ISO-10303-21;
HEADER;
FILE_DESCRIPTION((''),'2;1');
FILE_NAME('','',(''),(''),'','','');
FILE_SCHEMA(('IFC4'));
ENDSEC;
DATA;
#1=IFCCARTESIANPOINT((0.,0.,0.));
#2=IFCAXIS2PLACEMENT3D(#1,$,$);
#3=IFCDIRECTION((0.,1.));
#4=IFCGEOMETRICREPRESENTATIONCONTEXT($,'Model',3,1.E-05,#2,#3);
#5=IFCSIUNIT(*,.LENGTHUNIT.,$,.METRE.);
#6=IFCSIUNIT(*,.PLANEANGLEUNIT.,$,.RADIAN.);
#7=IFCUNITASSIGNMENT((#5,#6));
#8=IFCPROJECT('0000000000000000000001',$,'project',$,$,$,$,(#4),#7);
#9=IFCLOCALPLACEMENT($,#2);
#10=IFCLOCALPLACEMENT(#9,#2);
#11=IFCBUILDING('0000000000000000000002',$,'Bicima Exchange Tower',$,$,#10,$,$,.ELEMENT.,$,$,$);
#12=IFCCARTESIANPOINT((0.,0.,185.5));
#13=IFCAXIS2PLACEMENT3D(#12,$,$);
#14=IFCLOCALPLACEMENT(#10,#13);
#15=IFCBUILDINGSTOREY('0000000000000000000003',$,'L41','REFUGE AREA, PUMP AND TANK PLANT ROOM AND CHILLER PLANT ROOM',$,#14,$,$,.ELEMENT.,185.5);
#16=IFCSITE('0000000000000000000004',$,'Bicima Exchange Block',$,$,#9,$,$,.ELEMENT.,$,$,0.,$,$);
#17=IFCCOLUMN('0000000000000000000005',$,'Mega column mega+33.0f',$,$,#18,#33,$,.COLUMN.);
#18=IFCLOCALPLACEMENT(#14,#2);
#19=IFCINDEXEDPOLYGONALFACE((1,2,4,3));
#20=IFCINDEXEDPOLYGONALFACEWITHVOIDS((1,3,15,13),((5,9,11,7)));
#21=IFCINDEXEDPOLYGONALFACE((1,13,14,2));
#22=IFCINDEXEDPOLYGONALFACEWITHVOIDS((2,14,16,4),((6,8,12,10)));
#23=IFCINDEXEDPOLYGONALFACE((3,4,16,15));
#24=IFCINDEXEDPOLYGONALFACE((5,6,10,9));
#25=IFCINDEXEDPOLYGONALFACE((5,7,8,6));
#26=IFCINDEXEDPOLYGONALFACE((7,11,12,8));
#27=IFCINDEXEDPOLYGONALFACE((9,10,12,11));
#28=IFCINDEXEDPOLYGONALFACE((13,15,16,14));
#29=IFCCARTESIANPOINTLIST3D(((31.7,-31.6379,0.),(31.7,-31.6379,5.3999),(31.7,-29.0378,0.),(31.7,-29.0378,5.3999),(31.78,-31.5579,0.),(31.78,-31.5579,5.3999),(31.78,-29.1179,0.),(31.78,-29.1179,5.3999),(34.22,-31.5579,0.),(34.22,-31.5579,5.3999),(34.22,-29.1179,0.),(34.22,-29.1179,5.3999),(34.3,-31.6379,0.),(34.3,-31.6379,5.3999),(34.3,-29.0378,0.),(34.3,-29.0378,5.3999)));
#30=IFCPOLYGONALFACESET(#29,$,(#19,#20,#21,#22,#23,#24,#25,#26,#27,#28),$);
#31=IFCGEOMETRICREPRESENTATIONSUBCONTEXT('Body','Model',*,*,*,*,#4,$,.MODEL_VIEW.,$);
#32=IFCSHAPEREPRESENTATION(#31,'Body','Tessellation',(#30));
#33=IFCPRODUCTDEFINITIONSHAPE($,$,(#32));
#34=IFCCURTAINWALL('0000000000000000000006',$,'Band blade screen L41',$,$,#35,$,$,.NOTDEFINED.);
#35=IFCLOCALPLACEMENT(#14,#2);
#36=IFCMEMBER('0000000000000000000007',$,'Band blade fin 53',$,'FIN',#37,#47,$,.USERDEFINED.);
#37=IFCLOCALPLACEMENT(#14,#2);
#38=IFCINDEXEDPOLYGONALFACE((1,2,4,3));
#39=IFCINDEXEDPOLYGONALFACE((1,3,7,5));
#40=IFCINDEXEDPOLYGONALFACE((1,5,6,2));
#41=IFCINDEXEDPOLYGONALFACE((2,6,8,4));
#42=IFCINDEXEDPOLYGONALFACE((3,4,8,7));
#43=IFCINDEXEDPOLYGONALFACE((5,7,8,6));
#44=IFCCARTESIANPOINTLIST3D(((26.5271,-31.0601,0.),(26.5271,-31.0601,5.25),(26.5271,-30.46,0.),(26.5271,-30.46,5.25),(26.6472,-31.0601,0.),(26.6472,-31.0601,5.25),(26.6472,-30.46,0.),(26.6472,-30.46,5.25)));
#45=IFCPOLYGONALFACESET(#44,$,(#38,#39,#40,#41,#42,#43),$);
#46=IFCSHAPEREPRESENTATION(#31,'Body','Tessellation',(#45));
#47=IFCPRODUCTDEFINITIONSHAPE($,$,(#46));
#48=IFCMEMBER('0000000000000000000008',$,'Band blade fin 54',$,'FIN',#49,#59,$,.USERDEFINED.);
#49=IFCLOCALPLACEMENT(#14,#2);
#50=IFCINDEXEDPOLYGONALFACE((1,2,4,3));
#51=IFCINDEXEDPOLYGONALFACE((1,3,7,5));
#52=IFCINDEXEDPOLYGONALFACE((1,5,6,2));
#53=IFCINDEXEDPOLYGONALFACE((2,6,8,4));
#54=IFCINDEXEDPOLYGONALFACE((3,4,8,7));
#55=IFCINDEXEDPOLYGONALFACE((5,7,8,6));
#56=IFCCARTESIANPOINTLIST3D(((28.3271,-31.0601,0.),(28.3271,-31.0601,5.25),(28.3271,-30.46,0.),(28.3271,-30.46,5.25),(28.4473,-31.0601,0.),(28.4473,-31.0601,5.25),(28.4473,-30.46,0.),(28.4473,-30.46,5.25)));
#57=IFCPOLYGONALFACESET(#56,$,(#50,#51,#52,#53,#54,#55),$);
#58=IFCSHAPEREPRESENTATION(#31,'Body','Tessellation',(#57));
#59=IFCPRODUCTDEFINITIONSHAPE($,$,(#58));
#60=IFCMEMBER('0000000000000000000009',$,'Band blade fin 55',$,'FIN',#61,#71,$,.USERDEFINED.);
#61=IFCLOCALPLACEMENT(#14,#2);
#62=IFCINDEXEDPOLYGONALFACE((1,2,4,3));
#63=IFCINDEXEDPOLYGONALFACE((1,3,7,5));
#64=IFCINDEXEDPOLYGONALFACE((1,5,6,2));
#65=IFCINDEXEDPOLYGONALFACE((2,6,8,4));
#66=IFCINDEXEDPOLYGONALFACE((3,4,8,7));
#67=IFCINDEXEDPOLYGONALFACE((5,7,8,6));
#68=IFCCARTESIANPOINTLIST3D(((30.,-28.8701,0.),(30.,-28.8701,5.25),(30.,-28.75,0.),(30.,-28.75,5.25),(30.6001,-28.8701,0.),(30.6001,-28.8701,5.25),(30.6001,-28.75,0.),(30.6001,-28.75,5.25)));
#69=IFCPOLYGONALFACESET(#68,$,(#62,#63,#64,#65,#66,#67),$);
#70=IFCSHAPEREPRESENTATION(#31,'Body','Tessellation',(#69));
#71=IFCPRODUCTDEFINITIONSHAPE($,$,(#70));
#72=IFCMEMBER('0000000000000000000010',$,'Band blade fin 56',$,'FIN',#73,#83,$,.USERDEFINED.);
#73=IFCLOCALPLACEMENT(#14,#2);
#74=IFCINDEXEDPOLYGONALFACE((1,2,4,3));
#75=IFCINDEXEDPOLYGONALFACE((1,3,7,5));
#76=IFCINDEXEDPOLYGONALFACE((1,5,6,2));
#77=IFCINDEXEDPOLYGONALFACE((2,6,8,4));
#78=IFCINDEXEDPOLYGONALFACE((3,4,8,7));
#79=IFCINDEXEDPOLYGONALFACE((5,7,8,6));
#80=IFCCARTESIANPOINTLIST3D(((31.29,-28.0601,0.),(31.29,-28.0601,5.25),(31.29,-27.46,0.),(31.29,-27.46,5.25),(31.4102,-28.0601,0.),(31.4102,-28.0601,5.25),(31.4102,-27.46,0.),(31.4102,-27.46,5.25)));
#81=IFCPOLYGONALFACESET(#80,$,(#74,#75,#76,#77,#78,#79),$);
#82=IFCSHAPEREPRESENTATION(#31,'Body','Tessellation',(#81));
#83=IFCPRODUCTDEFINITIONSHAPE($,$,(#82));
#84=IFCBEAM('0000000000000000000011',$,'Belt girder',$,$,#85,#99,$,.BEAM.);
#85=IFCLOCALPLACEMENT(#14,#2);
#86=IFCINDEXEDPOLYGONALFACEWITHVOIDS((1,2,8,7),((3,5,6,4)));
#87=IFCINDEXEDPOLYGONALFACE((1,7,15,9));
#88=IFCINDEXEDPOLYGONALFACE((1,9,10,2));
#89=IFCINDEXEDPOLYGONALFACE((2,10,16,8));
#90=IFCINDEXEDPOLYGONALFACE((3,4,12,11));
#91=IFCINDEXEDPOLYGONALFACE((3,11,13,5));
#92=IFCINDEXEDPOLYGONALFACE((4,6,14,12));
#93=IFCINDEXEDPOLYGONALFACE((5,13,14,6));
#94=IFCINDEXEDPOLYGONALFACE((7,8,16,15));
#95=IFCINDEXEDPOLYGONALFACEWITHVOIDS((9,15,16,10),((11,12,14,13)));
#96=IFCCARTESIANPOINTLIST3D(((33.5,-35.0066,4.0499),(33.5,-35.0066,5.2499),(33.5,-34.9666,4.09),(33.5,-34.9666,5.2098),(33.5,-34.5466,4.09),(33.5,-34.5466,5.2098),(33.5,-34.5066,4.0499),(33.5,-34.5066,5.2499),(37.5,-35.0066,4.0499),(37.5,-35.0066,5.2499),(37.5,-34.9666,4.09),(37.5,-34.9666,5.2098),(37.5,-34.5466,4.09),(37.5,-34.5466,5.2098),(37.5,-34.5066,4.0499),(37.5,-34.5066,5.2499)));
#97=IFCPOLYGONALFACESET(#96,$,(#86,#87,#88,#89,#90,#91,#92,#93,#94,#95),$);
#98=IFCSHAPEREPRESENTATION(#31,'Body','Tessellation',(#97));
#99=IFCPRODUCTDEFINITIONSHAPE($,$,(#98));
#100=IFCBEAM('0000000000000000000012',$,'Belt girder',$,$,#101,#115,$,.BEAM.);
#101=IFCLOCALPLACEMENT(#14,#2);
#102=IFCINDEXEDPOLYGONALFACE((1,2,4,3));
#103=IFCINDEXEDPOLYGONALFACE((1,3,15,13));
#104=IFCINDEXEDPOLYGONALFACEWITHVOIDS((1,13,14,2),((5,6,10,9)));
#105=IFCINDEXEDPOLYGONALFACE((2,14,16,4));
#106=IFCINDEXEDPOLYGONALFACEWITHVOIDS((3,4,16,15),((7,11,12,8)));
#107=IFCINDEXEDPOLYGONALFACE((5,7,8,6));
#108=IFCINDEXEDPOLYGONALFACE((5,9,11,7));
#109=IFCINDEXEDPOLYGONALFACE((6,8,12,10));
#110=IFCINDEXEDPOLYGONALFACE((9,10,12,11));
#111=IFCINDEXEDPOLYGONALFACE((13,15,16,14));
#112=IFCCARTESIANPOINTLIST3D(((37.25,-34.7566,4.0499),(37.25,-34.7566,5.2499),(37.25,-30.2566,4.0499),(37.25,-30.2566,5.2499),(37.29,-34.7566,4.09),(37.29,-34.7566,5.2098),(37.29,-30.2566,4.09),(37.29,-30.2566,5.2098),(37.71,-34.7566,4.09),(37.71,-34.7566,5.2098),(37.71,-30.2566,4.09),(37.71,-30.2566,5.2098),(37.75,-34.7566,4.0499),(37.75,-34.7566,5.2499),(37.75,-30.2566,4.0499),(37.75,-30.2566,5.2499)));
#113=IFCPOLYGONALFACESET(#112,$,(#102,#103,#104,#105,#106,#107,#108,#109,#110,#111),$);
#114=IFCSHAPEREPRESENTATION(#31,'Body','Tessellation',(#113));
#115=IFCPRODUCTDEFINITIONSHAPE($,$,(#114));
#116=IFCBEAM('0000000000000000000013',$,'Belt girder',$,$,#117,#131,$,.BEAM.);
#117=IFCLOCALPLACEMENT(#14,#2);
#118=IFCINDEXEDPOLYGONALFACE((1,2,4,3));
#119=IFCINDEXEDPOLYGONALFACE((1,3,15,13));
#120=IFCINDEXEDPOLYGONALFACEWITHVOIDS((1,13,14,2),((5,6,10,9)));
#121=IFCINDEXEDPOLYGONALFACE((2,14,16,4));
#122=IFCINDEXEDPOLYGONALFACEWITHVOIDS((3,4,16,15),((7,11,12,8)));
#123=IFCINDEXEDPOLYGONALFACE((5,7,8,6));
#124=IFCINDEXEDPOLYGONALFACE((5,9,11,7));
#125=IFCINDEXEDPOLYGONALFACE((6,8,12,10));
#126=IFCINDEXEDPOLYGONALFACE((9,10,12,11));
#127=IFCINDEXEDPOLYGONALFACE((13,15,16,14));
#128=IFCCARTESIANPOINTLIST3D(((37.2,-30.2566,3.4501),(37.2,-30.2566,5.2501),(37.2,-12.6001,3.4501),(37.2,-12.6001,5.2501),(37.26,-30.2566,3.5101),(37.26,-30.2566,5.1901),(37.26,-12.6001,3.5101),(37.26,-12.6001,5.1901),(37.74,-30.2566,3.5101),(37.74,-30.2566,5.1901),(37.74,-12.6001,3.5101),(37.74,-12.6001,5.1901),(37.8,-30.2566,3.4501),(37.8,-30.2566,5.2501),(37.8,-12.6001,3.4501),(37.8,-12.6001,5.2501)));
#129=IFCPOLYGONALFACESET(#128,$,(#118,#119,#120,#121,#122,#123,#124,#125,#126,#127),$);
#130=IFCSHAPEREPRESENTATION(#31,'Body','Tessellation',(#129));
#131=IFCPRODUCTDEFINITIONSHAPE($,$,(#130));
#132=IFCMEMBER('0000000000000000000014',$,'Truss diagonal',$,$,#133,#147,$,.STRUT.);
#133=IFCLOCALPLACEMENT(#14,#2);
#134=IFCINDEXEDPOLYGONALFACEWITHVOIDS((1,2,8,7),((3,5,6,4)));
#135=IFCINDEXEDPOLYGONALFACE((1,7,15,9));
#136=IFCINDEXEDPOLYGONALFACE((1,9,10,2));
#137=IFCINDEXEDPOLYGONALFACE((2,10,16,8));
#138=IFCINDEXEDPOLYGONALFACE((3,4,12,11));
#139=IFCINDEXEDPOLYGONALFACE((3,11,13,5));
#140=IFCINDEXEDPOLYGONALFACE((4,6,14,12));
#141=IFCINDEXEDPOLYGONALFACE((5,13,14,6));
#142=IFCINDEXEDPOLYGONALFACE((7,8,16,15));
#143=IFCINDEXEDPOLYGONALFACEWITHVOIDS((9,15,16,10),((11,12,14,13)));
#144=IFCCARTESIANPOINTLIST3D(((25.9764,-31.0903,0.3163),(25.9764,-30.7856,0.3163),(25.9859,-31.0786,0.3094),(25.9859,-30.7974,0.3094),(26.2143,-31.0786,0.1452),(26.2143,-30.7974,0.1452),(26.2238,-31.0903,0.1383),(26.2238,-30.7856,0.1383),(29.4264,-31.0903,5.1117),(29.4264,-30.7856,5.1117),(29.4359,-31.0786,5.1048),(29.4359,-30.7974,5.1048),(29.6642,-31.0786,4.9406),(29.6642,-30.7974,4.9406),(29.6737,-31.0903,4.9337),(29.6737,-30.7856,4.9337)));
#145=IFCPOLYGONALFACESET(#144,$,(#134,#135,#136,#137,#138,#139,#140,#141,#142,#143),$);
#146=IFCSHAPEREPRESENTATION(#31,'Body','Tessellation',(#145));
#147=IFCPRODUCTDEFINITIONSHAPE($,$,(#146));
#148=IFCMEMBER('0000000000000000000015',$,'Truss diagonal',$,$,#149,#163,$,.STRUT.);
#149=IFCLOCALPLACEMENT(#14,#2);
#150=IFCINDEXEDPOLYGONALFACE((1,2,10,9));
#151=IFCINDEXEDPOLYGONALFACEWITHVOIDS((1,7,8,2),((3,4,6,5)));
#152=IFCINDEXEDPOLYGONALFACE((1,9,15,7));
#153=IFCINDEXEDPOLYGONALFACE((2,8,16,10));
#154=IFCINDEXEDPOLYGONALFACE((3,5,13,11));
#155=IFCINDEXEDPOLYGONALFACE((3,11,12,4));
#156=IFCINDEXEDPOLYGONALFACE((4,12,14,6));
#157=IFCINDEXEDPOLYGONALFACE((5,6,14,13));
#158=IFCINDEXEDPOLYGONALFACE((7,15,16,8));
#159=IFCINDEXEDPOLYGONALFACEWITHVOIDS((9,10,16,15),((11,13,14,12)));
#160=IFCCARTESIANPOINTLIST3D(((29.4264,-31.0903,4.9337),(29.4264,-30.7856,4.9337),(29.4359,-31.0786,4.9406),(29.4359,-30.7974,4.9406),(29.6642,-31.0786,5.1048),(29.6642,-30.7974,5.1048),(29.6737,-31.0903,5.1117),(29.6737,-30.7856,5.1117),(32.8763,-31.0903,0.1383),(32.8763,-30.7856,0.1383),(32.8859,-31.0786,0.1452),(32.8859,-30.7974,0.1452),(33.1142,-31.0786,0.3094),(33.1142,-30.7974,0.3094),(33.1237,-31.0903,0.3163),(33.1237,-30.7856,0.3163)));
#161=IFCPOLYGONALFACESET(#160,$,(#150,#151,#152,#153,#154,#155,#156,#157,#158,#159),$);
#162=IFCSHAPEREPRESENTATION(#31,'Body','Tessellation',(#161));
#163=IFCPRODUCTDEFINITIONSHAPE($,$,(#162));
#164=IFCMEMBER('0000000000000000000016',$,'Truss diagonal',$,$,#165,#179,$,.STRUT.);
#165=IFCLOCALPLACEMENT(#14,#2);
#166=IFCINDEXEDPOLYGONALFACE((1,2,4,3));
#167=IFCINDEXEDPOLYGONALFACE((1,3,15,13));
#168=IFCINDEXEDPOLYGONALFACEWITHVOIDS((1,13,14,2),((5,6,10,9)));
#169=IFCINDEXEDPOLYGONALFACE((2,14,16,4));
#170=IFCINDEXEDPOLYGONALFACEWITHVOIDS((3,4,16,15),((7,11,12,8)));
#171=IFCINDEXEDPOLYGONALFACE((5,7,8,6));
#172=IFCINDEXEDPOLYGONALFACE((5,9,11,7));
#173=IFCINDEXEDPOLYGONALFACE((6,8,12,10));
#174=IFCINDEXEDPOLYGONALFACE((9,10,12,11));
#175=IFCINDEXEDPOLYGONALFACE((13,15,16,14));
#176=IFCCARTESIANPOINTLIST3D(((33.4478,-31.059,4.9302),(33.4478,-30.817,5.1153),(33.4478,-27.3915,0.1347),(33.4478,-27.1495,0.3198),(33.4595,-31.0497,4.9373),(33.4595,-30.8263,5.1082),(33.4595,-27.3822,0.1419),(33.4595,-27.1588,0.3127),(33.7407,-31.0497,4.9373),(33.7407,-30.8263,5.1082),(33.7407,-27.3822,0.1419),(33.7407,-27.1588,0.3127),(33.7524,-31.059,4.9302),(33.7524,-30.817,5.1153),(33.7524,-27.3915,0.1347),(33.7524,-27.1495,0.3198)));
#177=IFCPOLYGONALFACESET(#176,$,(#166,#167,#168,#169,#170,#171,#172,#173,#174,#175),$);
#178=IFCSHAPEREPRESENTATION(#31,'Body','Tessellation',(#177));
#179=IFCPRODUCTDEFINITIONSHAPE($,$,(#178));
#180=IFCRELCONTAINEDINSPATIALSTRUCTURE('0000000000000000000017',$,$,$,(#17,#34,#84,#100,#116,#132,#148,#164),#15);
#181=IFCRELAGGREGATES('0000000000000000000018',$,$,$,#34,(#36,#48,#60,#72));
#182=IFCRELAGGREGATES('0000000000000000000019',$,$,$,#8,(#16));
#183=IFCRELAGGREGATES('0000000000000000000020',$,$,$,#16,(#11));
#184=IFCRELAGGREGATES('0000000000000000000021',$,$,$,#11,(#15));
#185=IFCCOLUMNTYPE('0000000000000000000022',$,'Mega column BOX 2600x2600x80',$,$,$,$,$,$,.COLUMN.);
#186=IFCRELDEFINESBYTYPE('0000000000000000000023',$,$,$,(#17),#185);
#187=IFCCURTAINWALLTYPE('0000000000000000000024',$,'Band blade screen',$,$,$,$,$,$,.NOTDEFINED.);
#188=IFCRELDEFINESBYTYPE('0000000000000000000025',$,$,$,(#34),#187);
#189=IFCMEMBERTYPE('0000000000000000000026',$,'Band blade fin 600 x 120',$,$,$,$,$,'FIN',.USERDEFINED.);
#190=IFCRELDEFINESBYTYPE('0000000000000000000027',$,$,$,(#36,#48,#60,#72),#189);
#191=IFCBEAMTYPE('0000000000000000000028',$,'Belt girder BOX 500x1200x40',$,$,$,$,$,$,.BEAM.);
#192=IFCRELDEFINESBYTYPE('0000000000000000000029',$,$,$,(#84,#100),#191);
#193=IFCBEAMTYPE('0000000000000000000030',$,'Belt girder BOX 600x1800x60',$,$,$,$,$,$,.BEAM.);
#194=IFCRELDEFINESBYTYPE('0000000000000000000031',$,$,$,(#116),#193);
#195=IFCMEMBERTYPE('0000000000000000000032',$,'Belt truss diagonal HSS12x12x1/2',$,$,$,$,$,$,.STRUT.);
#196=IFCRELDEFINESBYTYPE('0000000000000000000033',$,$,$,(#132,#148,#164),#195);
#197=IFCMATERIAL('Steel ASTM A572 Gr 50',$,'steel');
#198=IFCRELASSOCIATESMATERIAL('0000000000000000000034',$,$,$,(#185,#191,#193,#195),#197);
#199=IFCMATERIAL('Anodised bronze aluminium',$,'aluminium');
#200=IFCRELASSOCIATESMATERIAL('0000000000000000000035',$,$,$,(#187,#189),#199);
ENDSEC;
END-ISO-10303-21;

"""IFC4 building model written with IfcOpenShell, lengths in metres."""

from ifc_helpers import new_model, si_unit, direction, frame, origin, origin_2d, place, context, subcontext, project, spatial, rectangle, hollow_rectangle, extrude, material, material_profile, profile_set, type_object, element, aggregate, save


model = new_model("IFC4")

# Units and contexts
model_context = context("Model", 3, precision=1e-05, world=origin(), true_north=direction((0.0, 1.0)))
body_context = subcontext(model_context, "Body", "Model", "MODEL_VIEW")
ifc_project = project(units=[si_unit("LENGTHUNIT", "METRE"), si_unit("PLANEANGLEUNIT", "RADIAN")], contexts=[model_context])

# Site, building, storey
site_placement = place(None, origin())
site = spatial("IfcSite", under=ifc_project, at=site_placement, Name="Bicima Exchange Block", CompositionType="ELEMENT", RefElevation=0.0)
building_placement = place(site_placement, origin())
building = spatial("IfcBuilding", under=site, at=building_placement, Name="Bicima Exchange Tower", CompositionType="ELEMENT")
storey_placement = place(building_placement, frame((0.0, 0.0, 185.5)))
storey = spatial("IfcBuildingStorey", under=building, at=storey_placement, Name="L41", Description="REFUGE AREA, PUMP AND TANK PLANT ROOM AND CHILLER PLANT ROOM", CompositionType="ELEMENT", Elevation=185.5)

# Column
ifc_material_1 = material(Name="Steel ASTM A572 Gr 50", Category="steel")
ifc_material_profile_1 = material_profile(ifc_material_1, hollow_rectangle(XDim=2.6001, YDim=2.6001, WallThickness=0.0801, at=origin_2d()))
ifc_profile_set_1 = profile_set([ifc_material_profile_1], Name="Steel ASTM A572 Gr 50")
column_type = type_object("IfcColumnType", Name="Mega column BOX 2600x2600x80", PredefinedType="COLUMN", material=ifc_profile_set_1)
column_placement = place(storey_placement, frame((33.0, -30.3379, 0.0), z_axis=(0.0, 0.0, 1.0), x_axis=(1.0, 0.0, 0.0)))
element("IfcColumn", 1, at=column_placement, inside=storey, type_object=column_type, Name="Mega column mega+33.0f", PredefinedType="COLUMN", context=body_context, shape_type="SweptSolid", body=[
    extrude(hollow_rectangle(XDim=2.6001, YDim=2.6001, WallThickness=0.0801, at=origin_2d()), origin(), (0.0, 0.0, 1.0), 5.3999),
])

# Curtain wall, members
ifc_material_2 = material(Name="Anodised bronze aluminium", Category="aluminium")
curtain_wall_type = type_object("IfcCurtainWallType", Name="Band blade screen", PredefinedType="NOTDEFINED", material=ifc_material_2)
curtain_wall_placement = place(storey_placement, origin())
curtain_wall = element("IfcCurtainWall", 2, at=curtain_wall_placement, inside=storey, type_object=curtain_wall_type, Name="Band blade screen L41", PredefinedType="NOTDEFINED")
ifc_material_profile_2 = material_profile(ifc_material_2, rectangle(XDim=0.6001, YDim=0.1201, at=origin_2d()))
ifc_profile_set_2 = profile_set([ifc_material_profile_2], Name="Anodised bronze aluminium")
member_type_1 = type_object("IfcMemberType", Name="Band blade fin 600 x 120", ElementType="FIN", PredefinedType="USERDEFINED", material=ifc_profile_set_2)
member_1_placement = place(storey_placement, frame((26.5872, -30.76, 0.0), z_axis=(0.0, 0.0, 1.0), x_axis=(0.0, 1.0, 0.0)))
member_1 = element("IfcMember", 3, at=member_1_placement, type_object=member_type_1, Name="Band blade fin 53", ObjectType="FIN", PredefinedType="USERDEFINED", context=body_context, shape_type="SweptSolid", body=[
    extrude(rectangle(XDim=0.6001, YDim=0.1201, at=origin_2d()), origin(), (0.0, 0.0, 1.0), 5.25),
])
member_2_placement = place(storey_placement, frame((28.3872, -30.76, 0.0), z_axis=(0.0, 0.0, 1.0), x_axis=(0.0, 1.0, 0.0)))
member_2 = element("IfcMember", 4, at=member_2_placement, type_object=member_type_1, Name="Band blade fin 54", ObjectType="FIN", PredefinedType="USERDEFINED", context=body_context, shape_type="SweptSolid", body=[
    extrude(rectangle(XDim=0.6001, YDim=0.1201, at=origin_2d()), origin(), (0.0, 0.0, 1.0), 5.25),
])
member_3_placement = place(storey_placement, frame((30.3, -28.8101, 0.0), z_axis=(0.0, 0.0, 1.0), x_axis=(-1.0, 0.0, 0.0)))
member_3 = element("IfcMember", 5, at=member_3_placement, type_object=member_type_1, Name="Band blade fin 55", ObjectType="FIN", PredefinedType="USERDEFINED", context=body_context, shape_type="SweptSolid", body=[
    extrude(rectangle(XDim=0.6001, YDim=0.1201, at=origin_2d()), origin(), (0.0, 0.0, 1.0), 5.25),
])
member_4_placement = place(storey_placement, frame((31.3501, -27.76, 0.0), z_axis=(0.0, 0.0, 1.0), x_axis=(0.0, 1.0, 0.0)))
member_4 = element("IfcMember", 6, at=member_4_placement, type_object=member_type_1, Name="Band blade fin 56", ObjectType="FIN", PredefinedType="USERDEFINED", context=body_context, shape_type="SweptSolid", body=[
    extrude(rectangle(XDim=0.6001, YDim=0.1201, at=origin_2d()), origin(), (0.0, 0.0, 1.0), 5.25),
])
aggregate(curtain_wall, [member_1, member_2, member_3, member_4])

# Beams
ifc_material_profile_3 = material_profile(ifc_material_1, hollow_rectangle(XDim=0.5, YDim=1.2, WallThickness=0.04, at=origin_2d()))
ifc_profile_set_3 = profile_set([ifc_material_profile_3], Name="Steel ASTM A572 Gr 50")
beam_type_1 = type_object("IfcBeamType", Name="Belt girder BOX 500x1200x40", PredefinedType="BEAM", material=ifc_profile_set_3)
beam_1_placement = place(storey_placement, frame((33.5, -34.7566, 4.6499), z_axis=(1.0, 0.0, 0.0), x_axis=(0.0, 1.0, 0.0)))
element("IfcBeam", 7, at=beam_1_placement, inside=storey, type_object=beam_type_1, Name="Belt girder", PredefinedType="BEAM", context=body_context, shape_type="SweptSolid", body=[
    extrude(hollow_rectangle(XDim=0.5, YDim=1.2, WallThickness=0.04, at=origin_2d()), origin(), (0.0, 0.0, 1.0), 4.0),
])
beam_2_placement = place(storey_placement, frame((37.5, -34.7566, 4.6499), z_axis=(0.0, 1.0, 0.0), x_axis=(-1.0, 0.0, 0.0)))
element("IfcBeam", 8, at=beam_2_placement, inside=storey, type_object=beam_type_1, Name="Belt girder", PredefinedType="BEAM", context=body_context, shape_type="SweptSolid", body=[
    extrude(hollow_rectangle(XDim=0.5, YDim=1.2, WallThickness=0.04, at=origin_2d()), origin(), (0.0, 0.0, 1.0), 4.5),
])
ifc_material_profile_4 = material_profile(ifc_material_1, hollow_rectangle(XDim=0.6001, YDim=1.8, WallThickness=0.0601, at=origin_2d()))
ifc_profile_set_4 = profile_set([ifc_material_profile_4], Name="Steel ASTM A572 Gr 50")
beam_type_2 = type_object("IfcBeamType", Name="Belt girder BOX 600x1800x60", PredefinedType="BEAM", material=ifc_profile_set_4)
beam_3_placement = place(storey_placement, frame((37.5, -30.2566, 4.3501), z_axis=(0.0, 1.0, 0.0), x_axis=(-1.0, 0.0, 0.0)))
element("IfcBeam", 9, at=beam_3_placement, inside=storey, type_object=beam_type_2, Name="Belt girder", PredefinedType="BEAM", context=body_context, shape_type="SweptSolid", body=[
    extrude(hollow_rectangle(XDim=0.6001, YDim=1.8, WallThickness=0.0601, at=origin_2d()), origin(), (0.0, 0.0, 1.0), 17.6565),
])

# Members
ifc_material_profile_5 = material_profile(ifc_material_1, hollow_rectangle(XDim=0.3047, YDim=0.3047, WallThickness=0.0117, at=origin_2d()))
ifc_profile_set_5 = profile_set([ifc_material_profile_5], Name="Steel ASTM A572 Gr 50")
member_type_2 = type_object("IfcMemberType", Name="Belt truss diagonal HSS12x12x1/2", PredefinedType="STRUT", material=ifc_profile_set_5)
for number, where, z_axis, x_axis, name in (
    (10, (26.1001, -30.938, 0.2273), (0.583999, 0.0, 0.811755), (0.0, 1.0, 0.0), "Truss diagonal"),
    (11, (29.55, -30.938, 5.0227), (0.583999, 0.0, -0.811755), (0.0, 1.0, 0.0), "Truss diagonal"),
):
    element("IfcMember", number, at=place(storey_placement, frame(where, z_axis=z_axis, x_axis=x_axis)), inside=storey, type_object=member_type_2, Name=name, PredefinedType="STRUT", context=body_context, shape_type="SweptSolid", body=[
        extrude(hollow_rectangle(XDim=0.3047, YDim=0.3047, WallThickness=0.0117, at=origin_2d()), origin(), (0.0, 0.0, 1.0), 5.9075),
    ])
member_5_placement = place(storey_placement, frame((33.6001, -27.2705, 0.2273), z_axis=(0.0, -0.607492, 0.794326), x_axis=(1.0, 0.0, 0.0)))
element("IfcMember", 12, at=member_5_placement, inside=storey, type_object=member_type_2, Name="Truss diagonal", PredefinedType="STRUT", context=body_context, shape_type="SweptSolid", body=[
    extrude(hollow_rectangle(XDim=0.3047, YDim=0.3047, WallThickness=0.0117, at=origin_2d()), origin(), (0.0, 0.0, 1.0), 6.0371),
])

save(model, "model.ifc")
